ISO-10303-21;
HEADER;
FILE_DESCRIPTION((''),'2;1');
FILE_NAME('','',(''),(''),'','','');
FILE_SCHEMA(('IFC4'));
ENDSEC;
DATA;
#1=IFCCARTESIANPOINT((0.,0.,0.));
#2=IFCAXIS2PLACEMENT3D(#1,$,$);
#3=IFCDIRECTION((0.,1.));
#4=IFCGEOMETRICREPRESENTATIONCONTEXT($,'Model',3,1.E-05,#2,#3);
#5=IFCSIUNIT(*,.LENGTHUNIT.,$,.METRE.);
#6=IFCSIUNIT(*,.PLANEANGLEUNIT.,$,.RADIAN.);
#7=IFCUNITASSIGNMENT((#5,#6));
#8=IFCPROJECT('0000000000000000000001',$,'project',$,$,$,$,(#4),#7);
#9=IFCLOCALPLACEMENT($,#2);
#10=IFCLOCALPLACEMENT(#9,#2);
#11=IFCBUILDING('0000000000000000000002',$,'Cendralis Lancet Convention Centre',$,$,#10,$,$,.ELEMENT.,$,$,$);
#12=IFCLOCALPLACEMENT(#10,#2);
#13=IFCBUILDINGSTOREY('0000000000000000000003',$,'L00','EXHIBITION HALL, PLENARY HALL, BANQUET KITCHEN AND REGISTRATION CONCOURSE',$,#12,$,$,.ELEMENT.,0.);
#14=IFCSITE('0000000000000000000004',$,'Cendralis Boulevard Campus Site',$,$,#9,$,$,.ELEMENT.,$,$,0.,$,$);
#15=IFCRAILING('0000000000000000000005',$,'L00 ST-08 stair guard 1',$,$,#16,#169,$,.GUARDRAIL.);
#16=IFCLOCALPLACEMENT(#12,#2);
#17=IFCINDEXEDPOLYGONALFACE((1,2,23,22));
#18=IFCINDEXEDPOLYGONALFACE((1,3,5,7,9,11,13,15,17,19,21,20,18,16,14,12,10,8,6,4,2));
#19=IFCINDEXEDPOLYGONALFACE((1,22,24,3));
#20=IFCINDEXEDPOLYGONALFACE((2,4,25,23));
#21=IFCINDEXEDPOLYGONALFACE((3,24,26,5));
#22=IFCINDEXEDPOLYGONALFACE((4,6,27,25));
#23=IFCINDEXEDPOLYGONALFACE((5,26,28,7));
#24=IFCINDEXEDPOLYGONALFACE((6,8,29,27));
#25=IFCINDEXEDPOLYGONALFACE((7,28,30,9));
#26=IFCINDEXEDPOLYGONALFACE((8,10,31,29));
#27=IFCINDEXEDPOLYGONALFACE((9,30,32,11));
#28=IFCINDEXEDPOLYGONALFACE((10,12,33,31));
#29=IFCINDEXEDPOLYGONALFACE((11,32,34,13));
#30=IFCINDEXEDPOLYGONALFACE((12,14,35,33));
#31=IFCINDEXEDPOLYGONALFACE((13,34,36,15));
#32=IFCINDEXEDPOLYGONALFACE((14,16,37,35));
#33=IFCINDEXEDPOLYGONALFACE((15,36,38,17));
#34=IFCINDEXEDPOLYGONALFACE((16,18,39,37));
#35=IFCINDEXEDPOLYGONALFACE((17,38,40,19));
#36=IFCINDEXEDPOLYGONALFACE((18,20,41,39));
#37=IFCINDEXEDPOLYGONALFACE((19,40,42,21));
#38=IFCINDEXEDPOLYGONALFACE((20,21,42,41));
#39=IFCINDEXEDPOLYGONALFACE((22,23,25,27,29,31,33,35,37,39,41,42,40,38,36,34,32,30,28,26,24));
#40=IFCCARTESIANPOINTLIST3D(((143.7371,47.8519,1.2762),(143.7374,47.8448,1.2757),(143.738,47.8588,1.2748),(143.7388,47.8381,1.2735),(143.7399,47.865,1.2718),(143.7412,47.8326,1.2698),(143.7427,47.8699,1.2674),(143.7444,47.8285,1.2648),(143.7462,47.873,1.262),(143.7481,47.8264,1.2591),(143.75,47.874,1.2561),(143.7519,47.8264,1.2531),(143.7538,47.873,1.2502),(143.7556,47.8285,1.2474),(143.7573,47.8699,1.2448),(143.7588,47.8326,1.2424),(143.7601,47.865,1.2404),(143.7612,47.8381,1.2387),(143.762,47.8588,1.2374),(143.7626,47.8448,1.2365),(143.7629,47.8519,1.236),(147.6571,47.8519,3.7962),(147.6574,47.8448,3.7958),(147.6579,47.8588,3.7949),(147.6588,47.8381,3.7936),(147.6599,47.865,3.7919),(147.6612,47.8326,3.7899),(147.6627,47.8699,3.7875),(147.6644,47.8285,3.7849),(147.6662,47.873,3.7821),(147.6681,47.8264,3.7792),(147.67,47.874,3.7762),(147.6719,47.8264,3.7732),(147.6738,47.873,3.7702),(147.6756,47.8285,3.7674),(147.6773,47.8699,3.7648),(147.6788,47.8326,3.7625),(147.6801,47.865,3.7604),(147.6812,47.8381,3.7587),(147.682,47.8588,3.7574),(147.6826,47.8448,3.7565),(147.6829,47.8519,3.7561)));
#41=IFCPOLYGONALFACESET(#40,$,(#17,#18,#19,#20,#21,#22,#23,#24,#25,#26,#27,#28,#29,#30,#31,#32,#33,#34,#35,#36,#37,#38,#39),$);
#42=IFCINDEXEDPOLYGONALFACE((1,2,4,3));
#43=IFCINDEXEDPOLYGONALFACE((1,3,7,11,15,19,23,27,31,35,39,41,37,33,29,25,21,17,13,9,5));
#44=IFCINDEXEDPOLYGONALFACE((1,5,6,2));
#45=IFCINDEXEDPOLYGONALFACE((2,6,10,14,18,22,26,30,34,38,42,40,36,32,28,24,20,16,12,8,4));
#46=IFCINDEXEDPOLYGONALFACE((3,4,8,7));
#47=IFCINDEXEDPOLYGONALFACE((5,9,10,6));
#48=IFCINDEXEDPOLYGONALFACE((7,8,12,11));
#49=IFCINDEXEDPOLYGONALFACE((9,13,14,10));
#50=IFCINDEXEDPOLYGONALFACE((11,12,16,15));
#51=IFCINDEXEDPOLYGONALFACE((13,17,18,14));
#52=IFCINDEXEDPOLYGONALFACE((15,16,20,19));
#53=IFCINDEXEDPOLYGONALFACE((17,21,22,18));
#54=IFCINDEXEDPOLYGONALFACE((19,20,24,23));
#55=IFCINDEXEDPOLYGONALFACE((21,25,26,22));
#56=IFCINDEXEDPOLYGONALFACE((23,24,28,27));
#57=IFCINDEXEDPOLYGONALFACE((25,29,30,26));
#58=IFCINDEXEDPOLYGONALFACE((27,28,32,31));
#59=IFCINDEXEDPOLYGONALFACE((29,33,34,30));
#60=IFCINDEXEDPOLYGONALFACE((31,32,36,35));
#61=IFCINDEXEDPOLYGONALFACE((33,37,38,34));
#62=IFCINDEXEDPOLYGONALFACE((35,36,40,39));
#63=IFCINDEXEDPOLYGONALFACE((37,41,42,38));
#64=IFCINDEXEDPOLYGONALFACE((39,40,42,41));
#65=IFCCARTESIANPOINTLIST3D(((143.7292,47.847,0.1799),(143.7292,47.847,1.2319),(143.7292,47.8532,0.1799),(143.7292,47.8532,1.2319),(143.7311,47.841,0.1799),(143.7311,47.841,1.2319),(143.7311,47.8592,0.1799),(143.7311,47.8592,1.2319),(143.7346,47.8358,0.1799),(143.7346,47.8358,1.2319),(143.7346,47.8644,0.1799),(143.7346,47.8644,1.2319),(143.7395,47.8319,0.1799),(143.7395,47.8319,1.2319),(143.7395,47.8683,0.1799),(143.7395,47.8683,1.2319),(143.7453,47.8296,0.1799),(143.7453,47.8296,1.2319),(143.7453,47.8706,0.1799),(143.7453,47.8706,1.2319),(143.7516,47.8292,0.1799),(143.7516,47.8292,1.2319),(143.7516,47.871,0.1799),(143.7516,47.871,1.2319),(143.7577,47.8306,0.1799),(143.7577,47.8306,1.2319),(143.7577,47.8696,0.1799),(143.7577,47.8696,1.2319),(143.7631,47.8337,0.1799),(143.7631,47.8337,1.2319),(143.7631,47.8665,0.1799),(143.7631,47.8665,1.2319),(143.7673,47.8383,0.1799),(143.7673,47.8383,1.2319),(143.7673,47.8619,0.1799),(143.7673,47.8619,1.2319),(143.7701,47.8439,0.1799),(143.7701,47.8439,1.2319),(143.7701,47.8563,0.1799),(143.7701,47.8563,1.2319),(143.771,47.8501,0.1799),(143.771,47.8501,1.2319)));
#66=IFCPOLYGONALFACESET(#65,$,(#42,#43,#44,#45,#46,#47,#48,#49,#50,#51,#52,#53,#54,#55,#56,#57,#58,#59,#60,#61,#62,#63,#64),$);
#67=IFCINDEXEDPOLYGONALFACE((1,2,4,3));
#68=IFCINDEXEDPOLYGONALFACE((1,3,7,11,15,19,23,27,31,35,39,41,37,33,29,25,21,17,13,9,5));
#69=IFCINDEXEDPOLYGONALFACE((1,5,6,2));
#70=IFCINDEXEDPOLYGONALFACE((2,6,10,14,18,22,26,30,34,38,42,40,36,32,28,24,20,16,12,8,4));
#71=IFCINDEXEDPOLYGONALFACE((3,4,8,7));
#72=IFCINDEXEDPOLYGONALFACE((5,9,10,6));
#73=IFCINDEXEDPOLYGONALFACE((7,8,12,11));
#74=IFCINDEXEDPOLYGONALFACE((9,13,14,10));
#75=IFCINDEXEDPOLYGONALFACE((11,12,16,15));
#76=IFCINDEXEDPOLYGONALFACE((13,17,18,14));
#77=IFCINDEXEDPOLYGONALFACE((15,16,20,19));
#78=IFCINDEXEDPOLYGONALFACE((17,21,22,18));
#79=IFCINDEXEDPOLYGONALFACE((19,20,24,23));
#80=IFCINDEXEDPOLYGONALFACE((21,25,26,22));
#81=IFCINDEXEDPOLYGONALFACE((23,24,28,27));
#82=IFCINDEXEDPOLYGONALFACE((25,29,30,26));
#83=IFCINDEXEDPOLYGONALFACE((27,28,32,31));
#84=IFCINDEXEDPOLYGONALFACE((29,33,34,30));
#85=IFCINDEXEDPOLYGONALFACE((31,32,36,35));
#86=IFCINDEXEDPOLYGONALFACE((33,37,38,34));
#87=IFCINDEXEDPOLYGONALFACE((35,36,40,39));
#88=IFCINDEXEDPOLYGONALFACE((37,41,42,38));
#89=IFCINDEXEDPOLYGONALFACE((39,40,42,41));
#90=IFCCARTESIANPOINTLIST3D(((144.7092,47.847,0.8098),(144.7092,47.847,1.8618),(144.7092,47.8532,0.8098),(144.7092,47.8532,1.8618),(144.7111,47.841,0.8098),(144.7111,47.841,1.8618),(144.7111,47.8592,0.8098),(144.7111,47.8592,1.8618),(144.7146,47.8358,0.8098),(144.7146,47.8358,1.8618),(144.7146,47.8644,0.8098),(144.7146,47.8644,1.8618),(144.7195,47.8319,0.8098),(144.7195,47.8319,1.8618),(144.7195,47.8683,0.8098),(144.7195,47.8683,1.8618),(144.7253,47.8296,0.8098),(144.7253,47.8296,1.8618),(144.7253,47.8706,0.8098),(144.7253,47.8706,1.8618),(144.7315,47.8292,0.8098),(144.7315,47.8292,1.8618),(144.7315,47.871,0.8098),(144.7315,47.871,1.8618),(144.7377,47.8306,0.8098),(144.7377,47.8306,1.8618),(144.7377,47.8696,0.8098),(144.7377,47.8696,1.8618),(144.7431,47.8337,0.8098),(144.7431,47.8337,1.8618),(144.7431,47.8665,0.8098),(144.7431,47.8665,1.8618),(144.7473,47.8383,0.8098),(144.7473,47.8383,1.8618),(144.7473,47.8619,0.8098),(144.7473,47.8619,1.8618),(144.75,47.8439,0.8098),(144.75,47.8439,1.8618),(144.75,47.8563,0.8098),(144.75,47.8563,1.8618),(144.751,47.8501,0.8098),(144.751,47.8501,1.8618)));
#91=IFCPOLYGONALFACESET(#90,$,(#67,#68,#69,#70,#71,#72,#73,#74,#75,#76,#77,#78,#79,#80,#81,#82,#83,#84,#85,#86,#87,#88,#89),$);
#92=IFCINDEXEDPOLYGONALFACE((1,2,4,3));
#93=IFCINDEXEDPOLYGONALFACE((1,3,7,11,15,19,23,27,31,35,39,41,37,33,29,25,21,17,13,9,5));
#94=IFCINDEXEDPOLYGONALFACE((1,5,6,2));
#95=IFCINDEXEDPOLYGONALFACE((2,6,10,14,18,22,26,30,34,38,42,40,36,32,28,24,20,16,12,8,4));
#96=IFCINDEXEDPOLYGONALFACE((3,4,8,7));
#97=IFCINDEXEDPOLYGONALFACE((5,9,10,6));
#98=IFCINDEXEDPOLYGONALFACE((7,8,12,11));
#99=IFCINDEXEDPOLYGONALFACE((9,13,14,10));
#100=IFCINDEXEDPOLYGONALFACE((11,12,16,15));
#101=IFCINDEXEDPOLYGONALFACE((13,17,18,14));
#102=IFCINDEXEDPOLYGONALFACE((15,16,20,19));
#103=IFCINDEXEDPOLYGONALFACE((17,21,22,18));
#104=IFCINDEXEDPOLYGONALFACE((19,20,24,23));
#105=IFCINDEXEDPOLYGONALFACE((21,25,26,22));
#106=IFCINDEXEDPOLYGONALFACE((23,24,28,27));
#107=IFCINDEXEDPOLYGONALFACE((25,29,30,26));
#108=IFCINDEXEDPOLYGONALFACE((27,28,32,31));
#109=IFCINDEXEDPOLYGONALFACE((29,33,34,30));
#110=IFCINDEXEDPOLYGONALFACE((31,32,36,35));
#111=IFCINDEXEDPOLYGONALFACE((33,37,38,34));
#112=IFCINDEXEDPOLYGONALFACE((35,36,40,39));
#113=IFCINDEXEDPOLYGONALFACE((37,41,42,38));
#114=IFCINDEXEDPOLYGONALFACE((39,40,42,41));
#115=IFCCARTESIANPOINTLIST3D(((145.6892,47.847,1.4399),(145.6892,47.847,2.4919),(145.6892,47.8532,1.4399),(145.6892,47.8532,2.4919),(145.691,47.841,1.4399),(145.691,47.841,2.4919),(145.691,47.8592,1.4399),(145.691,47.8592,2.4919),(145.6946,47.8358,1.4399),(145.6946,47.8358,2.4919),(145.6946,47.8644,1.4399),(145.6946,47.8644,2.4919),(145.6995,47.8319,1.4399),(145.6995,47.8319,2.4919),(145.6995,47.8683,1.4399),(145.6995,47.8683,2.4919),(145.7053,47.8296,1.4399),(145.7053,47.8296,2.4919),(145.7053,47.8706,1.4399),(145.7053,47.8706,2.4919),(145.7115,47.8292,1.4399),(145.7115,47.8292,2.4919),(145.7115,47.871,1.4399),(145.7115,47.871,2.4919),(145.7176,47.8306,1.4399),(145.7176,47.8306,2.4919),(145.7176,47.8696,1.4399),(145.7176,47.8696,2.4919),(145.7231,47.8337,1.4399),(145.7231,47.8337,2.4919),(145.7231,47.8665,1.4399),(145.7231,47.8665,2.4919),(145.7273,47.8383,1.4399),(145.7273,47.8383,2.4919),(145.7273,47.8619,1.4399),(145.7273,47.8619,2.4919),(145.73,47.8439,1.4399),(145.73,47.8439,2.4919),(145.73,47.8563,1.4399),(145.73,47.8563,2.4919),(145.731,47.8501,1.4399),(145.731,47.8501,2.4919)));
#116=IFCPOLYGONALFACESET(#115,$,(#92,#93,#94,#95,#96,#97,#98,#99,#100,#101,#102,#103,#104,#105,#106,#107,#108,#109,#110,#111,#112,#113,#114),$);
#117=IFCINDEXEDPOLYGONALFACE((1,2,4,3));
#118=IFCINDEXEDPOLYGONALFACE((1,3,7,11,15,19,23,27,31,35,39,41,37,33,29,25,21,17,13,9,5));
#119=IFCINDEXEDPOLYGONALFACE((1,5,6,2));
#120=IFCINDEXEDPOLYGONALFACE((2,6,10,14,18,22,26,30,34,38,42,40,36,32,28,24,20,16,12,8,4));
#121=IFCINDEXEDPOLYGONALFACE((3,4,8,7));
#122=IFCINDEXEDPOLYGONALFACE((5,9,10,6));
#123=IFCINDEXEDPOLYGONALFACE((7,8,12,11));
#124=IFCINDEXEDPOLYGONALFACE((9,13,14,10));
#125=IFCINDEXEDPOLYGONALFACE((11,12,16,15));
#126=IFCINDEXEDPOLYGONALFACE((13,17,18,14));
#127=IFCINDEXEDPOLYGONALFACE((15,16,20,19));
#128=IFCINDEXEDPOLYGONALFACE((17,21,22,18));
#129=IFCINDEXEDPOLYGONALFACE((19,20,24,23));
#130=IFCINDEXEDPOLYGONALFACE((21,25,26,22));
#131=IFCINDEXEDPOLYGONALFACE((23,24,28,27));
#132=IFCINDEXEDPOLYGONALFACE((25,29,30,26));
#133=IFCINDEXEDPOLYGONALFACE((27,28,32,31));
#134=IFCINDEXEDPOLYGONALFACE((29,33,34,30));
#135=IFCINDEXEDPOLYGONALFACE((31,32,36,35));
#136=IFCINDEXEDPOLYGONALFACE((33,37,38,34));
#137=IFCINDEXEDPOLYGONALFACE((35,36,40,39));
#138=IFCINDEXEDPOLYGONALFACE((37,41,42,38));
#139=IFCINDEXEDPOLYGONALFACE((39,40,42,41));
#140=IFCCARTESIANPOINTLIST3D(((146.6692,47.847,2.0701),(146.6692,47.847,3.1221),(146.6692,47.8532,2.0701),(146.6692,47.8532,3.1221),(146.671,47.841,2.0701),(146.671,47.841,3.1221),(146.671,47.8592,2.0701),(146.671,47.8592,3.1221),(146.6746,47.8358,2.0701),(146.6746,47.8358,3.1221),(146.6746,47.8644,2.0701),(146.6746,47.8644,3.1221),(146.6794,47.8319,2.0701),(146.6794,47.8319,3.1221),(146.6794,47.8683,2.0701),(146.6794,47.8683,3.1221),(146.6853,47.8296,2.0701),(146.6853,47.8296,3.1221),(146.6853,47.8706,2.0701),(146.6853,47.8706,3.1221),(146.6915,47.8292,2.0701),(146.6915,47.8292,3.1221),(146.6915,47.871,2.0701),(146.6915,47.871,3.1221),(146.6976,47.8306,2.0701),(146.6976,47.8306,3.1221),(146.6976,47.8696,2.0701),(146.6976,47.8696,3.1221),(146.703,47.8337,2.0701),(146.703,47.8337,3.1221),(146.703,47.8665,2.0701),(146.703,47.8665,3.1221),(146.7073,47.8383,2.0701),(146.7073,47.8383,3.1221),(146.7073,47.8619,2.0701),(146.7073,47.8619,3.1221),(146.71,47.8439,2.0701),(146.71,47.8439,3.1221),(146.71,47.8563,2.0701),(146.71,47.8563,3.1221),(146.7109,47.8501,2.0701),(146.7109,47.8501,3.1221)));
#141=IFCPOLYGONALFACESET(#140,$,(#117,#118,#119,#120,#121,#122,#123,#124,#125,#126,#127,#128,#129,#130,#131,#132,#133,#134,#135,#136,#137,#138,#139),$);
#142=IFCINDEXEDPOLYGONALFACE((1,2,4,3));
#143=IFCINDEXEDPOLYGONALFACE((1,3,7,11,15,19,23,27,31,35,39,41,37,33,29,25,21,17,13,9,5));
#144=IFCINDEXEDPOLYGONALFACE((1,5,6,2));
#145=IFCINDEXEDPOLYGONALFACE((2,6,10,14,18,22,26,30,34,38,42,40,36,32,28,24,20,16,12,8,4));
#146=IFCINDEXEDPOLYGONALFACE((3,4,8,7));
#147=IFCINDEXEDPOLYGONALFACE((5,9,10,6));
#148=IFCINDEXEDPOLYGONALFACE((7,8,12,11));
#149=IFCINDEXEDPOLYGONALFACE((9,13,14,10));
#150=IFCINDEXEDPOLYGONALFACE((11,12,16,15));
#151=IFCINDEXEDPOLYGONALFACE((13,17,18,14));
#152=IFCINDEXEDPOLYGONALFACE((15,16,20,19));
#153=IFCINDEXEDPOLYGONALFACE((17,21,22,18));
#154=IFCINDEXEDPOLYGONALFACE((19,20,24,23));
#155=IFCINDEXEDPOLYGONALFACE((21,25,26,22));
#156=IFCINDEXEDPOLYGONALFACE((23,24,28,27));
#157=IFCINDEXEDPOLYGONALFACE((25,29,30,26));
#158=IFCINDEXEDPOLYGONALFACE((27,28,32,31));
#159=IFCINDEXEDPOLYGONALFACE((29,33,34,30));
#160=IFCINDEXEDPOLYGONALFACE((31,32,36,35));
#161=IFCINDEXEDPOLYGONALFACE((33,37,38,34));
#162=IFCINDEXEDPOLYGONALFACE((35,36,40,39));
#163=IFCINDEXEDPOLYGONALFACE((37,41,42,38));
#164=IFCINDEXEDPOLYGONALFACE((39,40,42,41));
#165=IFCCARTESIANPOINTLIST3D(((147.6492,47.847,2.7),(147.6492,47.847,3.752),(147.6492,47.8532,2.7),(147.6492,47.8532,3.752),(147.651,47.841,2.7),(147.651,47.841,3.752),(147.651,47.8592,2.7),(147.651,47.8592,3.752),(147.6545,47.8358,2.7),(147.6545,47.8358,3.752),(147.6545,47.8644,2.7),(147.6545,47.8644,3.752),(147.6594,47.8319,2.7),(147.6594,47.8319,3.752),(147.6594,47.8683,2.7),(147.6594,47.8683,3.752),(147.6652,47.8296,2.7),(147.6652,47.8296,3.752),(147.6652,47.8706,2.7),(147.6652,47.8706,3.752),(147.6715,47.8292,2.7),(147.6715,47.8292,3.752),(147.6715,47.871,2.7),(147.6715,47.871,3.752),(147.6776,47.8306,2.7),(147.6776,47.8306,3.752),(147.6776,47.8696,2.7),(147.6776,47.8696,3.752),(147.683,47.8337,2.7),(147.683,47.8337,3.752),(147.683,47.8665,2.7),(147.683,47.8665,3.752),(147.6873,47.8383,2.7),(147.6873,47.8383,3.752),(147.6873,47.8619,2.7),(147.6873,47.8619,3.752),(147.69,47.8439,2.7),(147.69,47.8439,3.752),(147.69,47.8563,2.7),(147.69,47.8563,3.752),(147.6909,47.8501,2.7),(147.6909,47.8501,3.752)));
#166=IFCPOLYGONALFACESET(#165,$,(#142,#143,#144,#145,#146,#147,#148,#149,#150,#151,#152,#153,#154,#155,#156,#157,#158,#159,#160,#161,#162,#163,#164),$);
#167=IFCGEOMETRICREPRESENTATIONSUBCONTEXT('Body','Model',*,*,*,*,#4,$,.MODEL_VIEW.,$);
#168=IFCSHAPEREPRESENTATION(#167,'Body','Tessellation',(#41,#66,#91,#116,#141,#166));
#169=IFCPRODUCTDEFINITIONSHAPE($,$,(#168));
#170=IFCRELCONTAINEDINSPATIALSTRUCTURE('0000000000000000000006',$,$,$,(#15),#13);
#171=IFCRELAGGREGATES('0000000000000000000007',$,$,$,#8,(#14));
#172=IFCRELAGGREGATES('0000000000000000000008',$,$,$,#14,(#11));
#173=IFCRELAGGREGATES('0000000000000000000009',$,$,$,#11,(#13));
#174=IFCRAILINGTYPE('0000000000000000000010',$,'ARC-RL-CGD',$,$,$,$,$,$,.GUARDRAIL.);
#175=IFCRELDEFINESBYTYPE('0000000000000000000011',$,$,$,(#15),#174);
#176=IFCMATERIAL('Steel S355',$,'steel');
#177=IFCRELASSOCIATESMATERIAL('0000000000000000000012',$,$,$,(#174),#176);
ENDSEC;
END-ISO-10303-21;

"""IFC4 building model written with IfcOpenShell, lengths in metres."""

from ifc_helpers import new_model, si_unit, direction, frame, origin, origin_2d, place, context, subcontext, project, spatial, circle, extrude, material, type_object, element, save


model = new_model("IFC4")

# Units and contexts
model_context = context("Model", 3, precision=1e-05, world=origin(), true_north=direction((0.0, 1.0)))
body_context = subcontext(model_context, "Body", "Model", "MODEL_VIEW")
ifc_project = project(units=[si_unit("LENGTHUNIT", "METRE"), si_unit("PLANEANGLEUNIT", "RADIAN")], contexts=[model_context])

# Site, building, storey
site_placement = place(None, origin())
site = spatial("IfcSite", under=ifc_project, at=site_placement, Name="Cendralis Boulevard Campus Site", CompositionType="ELEMENT", RefElevation=0.0)
building_placement = place(site_placement, origin())
building = spatial("IfcBuilding", under=site, at=building_placement, Name="Cendralis Lancet Convention Centre", CompositionType="ELEMENT")
storey_placement = place(building_placement, origin())
storey = spatial("IfcBuildingStorey", under=building, at=storey_placement, Name="L00", Description="EXHIBITION HALL, PLENARY HALL, BANQUET KITCHEN AND REGISTRATION CONCOURSE", CompositionType="ELEMENT", Elevation=0.0)

# Shared definitions
ifc_material_1 = material(Name="Steel S355", Category="steel")

# Railing
railing_type_1 = type_object("IfcRailingType", Name="ARC-RL-CGD", PredefinedType="GUARDRAIL", material=ifc_material_1)
railing_1_placement = place(storey_placement, frame((143.75, 47.8501, 0.1799)))
element("IfcRailing", 1, at=railing_1_placement, inside=storey, type_object=railing_type_1, Name="L00 ST-08 stair guard 1", PredefinedType="GUARDRAIL", context=body_context, shape_type="SweptSolid", body=[
    extrude(circle(Radius=0.0239, at=origin_2d()), frame((0.0, 0.0, 1.0762), z_axis=(0.841172, 0.0, 0.540768), x_axis=(0.0, 1.0, 0.0)), (0.0, 0.0, 1.0), 4.6602),
    extrude(circle(Radius=0.021, at=origin_2d()), origin(), (0.0, 0.0, 1.0), 1.052),
    extrude(circle(Radius=0.021, at=origin_2d()), frame((0.98, 0.0, 0.6299)), (0.0, 0.0, 1.0), 1.052),
    extrude(circle(Radius=0.021, at=origin_2d()), frame((1.96, 0.0, 1.26)), (0.0, 0.0, 1.0), 1.052),
    extrude(circle(Radius=0.021, at=origin_2d()), frame((2.9399, 0.0, 1.8901)), (0.0, 0.0, 1.0), 1.052),
    extrude(circle(Radius=0.021, at=origin_2d()), frame((3.9199, 0.0, 2.52)), (0.0, 0.0, 1.0), 1.052),
])

save(model, "model.ifc")
